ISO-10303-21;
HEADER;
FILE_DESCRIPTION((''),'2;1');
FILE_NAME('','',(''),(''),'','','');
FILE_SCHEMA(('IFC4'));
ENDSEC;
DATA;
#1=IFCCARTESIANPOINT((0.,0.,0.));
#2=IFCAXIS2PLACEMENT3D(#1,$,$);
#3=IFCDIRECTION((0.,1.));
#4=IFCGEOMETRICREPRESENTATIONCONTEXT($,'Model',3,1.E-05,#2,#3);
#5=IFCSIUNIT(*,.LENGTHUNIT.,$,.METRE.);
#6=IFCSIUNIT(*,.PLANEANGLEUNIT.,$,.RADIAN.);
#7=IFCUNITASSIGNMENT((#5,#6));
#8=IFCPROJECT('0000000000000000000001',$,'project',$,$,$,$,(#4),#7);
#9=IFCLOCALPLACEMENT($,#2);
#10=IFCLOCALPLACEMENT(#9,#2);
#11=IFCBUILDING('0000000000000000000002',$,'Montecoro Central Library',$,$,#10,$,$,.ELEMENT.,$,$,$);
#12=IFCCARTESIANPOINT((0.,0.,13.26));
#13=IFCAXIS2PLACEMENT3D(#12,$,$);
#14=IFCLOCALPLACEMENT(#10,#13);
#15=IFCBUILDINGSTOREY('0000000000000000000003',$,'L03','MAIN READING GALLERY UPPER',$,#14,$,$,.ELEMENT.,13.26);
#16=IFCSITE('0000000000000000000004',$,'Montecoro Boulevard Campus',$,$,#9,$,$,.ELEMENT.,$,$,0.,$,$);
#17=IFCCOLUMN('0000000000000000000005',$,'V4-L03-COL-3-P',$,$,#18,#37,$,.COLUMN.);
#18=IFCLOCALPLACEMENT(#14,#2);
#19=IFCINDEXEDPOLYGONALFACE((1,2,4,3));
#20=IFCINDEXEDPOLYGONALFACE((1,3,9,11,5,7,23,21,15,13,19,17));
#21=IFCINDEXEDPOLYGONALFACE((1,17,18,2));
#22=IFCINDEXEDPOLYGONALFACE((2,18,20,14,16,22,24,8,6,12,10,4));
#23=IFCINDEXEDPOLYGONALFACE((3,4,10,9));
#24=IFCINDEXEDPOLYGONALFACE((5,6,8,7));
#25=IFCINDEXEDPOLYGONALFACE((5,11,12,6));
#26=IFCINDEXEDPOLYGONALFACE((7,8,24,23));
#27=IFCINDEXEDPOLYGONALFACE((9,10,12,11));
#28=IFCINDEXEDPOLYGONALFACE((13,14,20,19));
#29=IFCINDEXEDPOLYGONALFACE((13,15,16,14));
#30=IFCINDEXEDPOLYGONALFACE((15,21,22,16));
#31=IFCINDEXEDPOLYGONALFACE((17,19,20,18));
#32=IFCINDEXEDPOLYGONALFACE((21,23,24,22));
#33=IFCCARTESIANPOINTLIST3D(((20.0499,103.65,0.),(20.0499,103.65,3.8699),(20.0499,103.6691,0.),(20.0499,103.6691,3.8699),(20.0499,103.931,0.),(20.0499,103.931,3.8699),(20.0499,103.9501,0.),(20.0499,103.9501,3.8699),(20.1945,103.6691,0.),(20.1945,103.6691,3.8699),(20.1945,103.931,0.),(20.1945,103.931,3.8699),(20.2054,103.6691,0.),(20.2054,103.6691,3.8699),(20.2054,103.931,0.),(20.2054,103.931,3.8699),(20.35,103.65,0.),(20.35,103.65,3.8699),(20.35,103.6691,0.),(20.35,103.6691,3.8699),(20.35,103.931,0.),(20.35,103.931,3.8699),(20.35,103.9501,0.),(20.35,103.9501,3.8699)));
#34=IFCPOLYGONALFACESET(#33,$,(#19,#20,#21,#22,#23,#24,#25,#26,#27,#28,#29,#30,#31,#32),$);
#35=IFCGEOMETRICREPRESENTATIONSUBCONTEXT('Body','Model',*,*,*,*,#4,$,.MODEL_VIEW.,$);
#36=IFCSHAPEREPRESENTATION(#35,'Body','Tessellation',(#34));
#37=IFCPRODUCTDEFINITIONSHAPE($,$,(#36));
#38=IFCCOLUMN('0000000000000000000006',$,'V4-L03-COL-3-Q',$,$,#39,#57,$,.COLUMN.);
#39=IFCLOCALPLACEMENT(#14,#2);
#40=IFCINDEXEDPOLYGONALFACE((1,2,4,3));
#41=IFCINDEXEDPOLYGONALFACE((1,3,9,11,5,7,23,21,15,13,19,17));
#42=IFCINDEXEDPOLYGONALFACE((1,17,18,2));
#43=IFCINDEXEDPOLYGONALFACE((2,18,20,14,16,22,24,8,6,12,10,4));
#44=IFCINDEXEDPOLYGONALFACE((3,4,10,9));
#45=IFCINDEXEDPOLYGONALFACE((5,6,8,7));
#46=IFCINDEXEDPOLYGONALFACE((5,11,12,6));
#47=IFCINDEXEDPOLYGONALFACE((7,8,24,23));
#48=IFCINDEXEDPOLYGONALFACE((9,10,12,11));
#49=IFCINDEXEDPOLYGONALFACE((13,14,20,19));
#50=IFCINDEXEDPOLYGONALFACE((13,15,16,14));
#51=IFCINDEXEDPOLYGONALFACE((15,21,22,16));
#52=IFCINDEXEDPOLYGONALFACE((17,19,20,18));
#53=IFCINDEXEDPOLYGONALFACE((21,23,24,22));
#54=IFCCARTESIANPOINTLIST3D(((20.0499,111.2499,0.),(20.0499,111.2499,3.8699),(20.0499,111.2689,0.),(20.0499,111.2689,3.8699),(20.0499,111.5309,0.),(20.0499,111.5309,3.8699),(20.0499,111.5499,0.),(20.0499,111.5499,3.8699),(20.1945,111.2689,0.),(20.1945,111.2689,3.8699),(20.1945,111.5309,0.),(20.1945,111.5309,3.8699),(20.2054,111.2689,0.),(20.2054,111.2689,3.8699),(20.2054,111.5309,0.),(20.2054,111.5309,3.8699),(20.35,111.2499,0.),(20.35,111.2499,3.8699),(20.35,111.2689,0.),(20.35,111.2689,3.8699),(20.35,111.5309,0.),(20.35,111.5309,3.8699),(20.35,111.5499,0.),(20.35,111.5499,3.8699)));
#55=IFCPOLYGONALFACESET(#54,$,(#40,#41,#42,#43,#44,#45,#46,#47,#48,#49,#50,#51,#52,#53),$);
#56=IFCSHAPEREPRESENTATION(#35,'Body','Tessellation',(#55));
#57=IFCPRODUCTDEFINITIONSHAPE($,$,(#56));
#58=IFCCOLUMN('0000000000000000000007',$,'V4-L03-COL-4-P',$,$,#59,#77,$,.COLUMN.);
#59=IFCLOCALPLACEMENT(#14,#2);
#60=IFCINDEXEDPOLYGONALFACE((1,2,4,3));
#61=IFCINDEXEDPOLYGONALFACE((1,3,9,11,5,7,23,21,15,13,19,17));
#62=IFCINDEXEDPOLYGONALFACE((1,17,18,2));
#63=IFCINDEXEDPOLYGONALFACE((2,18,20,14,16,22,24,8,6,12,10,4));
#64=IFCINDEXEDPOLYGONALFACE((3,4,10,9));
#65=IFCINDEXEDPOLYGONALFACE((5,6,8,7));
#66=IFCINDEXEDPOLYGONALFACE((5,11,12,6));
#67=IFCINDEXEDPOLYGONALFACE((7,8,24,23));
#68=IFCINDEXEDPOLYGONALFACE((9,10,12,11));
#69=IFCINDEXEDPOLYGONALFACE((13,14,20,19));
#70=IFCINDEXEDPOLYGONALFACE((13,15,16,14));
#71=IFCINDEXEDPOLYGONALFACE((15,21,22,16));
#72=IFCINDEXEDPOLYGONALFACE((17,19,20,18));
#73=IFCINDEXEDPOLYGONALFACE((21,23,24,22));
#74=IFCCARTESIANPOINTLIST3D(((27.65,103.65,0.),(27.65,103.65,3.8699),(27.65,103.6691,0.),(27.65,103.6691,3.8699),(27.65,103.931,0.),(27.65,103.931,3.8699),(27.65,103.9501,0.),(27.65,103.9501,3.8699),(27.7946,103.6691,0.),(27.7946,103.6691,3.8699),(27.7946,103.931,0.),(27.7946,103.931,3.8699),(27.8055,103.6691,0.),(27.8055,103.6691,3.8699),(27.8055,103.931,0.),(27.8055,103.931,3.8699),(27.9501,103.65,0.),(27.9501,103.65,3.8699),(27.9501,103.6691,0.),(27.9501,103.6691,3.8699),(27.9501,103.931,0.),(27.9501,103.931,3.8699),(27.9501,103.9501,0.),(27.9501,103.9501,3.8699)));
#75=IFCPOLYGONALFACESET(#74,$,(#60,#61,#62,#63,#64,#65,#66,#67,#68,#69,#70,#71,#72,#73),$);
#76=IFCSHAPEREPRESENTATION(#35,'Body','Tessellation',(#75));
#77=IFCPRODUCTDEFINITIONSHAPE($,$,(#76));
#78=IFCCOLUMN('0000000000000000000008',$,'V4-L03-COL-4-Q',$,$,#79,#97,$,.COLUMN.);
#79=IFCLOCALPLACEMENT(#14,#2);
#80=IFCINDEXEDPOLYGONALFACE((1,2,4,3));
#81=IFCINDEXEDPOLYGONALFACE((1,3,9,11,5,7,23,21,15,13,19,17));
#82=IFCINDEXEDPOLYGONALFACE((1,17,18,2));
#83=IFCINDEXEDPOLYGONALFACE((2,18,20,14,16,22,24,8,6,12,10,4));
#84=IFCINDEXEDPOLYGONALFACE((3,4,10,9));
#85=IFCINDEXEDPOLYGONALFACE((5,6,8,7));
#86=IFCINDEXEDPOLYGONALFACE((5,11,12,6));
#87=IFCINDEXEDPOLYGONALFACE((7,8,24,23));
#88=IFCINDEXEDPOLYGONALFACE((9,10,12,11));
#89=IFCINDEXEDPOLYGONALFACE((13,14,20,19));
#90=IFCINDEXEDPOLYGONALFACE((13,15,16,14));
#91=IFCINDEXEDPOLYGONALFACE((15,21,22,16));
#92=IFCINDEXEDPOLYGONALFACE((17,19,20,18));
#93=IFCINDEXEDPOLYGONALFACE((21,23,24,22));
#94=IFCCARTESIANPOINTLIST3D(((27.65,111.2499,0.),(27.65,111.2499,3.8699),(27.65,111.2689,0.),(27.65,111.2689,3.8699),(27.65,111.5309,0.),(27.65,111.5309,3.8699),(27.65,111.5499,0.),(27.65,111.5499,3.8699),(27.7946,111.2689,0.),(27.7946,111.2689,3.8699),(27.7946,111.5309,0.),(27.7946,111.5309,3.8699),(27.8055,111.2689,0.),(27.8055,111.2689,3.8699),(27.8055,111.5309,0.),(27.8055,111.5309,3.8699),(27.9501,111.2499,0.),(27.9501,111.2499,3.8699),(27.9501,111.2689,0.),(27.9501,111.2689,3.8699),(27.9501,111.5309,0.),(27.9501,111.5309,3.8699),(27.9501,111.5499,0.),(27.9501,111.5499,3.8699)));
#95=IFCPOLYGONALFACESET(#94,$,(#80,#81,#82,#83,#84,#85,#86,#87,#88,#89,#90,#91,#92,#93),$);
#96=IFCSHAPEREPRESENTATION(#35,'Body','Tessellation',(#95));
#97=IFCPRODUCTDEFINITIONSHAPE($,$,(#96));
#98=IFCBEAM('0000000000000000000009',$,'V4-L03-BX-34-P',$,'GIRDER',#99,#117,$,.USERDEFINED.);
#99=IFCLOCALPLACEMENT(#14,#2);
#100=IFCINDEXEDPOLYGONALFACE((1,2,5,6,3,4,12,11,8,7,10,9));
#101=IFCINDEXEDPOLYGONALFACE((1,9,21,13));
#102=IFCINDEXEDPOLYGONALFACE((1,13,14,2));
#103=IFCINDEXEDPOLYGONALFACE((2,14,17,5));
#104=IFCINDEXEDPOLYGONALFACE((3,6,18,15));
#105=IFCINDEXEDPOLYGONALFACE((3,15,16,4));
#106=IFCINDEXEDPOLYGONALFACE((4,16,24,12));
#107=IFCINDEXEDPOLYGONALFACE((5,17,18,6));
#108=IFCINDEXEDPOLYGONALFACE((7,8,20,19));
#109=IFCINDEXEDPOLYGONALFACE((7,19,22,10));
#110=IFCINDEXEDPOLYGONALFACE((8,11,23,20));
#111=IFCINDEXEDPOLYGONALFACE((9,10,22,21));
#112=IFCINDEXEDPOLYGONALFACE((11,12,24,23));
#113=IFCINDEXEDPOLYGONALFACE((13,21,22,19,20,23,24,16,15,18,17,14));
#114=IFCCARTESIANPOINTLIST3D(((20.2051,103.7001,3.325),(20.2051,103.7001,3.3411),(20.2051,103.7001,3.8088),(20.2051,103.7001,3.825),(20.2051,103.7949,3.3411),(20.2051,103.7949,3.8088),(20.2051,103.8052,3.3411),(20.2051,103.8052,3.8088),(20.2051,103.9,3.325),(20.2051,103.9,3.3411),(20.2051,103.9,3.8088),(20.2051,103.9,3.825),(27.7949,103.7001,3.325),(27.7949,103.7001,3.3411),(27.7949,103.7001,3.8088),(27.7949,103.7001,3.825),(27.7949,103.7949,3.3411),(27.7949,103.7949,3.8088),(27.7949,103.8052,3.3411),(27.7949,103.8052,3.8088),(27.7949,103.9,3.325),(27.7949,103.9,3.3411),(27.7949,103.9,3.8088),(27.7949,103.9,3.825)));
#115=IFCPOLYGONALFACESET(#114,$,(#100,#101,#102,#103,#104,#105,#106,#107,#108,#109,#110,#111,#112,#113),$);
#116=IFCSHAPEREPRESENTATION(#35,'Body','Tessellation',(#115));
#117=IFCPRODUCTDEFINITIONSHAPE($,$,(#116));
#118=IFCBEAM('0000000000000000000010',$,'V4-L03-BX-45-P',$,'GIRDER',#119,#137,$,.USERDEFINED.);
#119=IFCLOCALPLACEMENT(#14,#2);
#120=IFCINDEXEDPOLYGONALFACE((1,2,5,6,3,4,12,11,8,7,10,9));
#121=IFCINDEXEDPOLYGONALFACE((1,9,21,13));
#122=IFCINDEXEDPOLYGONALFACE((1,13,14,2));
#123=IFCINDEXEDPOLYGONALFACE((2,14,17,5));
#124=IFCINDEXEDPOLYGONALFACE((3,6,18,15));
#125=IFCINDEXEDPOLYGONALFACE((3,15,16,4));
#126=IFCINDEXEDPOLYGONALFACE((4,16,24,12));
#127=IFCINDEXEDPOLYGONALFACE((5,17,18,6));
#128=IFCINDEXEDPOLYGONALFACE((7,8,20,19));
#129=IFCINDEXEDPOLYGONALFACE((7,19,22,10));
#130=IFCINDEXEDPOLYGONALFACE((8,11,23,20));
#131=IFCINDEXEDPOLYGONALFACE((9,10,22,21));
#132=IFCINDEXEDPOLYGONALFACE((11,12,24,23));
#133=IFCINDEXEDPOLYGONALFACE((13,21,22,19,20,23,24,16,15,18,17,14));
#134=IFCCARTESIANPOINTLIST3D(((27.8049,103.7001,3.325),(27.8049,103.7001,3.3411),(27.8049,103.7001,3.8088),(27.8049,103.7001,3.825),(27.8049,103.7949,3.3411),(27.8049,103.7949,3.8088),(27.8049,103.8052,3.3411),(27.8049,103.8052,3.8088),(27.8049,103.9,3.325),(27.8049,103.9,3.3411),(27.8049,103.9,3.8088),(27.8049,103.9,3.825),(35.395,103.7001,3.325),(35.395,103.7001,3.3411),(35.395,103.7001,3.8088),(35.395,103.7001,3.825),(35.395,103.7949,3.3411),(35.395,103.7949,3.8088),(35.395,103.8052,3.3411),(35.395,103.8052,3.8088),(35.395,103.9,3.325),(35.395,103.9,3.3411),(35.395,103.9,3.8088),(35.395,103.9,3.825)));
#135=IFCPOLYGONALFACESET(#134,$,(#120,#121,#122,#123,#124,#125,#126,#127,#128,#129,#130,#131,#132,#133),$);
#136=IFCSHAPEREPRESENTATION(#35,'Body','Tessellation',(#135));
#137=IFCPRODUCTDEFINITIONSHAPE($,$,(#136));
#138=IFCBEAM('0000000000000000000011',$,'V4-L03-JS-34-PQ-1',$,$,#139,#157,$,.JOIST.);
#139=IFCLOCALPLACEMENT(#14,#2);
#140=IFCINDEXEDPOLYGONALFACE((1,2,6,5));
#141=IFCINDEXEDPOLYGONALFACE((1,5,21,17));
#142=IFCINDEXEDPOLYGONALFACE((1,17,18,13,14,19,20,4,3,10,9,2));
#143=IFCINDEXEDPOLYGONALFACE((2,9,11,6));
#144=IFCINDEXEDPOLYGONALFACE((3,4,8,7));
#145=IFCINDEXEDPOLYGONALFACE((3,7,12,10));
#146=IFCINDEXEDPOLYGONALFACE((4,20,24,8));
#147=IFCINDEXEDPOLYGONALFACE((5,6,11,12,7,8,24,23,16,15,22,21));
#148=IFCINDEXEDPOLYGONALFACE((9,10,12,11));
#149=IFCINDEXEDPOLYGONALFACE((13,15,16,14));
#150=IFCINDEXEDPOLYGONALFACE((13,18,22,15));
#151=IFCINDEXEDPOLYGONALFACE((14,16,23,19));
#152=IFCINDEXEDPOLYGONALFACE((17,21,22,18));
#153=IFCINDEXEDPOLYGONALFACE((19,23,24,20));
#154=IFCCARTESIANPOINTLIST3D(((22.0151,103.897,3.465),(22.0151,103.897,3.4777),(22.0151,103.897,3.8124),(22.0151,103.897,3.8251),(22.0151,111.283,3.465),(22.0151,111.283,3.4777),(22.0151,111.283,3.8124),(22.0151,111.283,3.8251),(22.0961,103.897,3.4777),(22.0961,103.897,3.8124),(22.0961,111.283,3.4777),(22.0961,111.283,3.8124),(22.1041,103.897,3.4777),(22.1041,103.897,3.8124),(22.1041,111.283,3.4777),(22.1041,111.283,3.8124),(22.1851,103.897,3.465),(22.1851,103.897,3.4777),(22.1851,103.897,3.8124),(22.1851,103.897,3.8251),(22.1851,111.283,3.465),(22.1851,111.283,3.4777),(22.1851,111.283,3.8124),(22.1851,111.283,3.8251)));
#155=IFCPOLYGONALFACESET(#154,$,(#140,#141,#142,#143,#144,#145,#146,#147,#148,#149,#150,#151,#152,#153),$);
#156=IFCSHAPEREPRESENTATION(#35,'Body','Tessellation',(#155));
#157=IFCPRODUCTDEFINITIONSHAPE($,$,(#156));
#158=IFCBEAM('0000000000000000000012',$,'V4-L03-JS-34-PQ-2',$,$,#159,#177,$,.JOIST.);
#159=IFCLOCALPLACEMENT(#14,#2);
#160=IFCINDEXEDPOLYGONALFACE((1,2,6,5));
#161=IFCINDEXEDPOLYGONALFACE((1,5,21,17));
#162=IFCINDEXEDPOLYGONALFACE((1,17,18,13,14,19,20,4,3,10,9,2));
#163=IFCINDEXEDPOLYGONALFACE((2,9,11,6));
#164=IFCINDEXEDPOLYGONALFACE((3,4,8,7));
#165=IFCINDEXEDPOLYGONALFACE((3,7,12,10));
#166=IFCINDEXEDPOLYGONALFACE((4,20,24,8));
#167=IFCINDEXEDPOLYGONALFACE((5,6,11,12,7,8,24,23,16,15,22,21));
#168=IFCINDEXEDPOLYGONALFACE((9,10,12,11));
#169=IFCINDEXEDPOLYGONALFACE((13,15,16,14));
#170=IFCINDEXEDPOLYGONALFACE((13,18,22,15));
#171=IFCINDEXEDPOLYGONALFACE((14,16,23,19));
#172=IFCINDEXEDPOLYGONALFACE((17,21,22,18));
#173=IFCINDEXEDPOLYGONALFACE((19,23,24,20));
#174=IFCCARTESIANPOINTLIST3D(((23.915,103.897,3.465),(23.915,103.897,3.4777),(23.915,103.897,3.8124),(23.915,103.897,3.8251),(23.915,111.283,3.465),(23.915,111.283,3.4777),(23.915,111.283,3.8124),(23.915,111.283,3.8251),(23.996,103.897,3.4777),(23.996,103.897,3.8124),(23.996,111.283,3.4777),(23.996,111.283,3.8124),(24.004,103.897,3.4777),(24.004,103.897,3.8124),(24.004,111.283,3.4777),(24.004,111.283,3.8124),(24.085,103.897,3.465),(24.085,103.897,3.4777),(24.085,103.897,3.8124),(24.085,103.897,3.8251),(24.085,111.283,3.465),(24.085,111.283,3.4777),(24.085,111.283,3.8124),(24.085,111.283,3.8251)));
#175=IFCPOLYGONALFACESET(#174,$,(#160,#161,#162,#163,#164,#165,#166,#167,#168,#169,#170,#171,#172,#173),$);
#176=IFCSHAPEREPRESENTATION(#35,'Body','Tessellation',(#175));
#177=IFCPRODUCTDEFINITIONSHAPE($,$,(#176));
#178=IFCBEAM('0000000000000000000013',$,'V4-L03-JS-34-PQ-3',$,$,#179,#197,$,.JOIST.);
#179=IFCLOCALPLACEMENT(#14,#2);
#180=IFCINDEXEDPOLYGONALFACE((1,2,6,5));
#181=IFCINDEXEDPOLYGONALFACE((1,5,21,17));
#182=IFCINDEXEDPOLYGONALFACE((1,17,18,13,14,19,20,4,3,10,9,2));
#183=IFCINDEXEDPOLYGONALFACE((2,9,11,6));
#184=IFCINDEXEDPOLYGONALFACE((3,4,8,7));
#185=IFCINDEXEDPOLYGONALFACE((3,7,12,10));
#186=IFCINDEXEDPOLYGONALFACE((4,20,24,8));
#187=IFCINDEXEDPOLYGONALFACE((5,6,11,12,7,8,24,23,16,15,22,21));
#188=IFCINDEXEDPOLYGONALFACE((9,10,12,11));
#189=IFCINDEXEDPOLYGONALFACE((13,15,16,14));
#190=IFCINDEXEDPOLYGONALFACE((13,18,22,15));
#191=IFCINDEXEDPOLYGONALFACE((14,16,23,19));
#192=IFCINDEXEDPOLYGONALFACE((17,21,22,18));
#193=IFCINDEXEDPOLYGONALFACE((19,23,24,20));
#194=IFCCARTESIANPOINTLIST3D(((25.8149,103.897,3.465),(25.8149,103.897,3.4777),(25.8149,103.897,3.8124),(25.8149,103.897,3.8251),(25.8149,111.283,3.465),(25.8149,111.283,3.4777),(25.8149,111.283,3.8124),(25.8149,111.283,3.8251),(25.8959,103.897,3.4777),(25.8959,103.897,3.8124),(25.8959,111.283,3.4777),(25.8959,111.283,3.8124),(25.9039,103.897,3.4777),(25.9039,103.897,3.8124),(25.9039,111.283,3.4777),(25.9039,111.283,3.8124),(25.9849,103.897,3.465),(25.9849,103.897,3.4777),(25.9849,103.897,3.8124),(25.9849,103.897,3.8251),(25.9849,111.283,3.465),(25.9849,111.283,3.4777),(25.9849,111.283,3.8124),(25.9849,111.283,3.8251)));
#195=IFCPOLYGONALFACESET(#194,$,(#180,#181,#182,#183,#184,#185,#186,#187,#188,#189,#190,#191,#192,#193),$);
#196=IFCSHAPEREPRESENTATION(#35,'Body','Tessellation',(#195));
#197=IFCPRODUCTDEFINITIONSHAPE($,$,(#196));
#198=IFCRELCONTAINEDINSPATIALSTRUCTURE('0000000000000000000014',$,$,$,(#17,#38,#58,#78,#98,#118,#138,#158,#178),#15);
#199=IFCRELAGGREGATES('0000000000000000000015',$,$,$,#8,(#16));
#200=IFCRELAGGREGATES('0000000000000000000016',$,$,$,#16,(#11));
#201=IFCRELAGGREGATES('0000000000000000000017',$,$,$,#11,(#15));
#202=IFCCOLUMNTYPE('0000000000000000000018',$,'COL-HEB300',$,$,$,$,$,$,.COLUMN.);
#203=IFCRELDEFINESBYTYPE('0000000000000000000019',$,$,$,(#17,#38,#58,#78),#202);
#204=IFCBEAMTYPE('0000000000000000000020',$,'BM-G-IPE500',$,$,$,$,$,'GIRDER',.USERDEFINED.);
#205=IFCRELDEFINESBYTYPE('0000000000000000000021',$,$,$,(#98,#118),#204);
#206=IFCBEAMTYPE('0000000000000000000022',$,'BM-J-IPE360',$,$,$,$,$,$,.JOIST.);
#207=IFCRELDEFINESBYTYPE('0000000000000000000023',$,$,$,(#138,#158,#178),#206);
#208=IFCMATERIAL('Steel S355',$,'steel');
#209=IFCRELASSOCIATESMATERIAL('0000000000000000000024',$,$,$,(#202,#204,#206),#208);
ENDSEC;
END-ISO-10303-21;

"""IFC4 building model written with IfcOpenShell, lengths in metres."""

from ifc_helpers import new_model, si_unit, direction, frame, origin, origin_2d, place, context, subcontext, project, spatial, i_section, extrude, material, material_profile, profile_set, type_object, element, save


model = new_model("IFC4")

# Units and contexts
model_context = context("Model", 3, precision=1e-05, world=origin(), true_north=direction((0.0, 1.0)))
body_context = subcontext(model_context, "Body", "Model", "MODEL_VIEW")
ifc_project = project(units=[si_unit("LENGTHUNIT", "METRE"), si_unit("PLANEANGLEUNIT", "RADIAN")], contexts=[model_context])

# Site, building, storey
site_placement = place(None, origin())
site = spatial("IfcSite", under=ifc_project, at=site_placement, Name="Montecoro Boulevard Campus", CompositionType="ELEMENT", RefElevation=0.0)
building_placement = place(site_placement, origin())
building = spatial("IfcBuilding", under=site, at=building_placement, Name="Montecoro Central Library", CompositionType="ELEMENT")
storey_placement = place(building_placement, frame((0.0, 0.0, 13.26)))
storey = spatial("IfcBuildingStorey", under=building, at=storey_placement, Name="L03", Description="MAIN READING GALLERY UPPER", CompositionType="ELEMENT", Elevation=13.26)

# Columns
ifc_material_1 = material(Name="Steel S355", Category="steel")
ifc_material_profile_1 = material_profile(ifc_material_1, i_section(OverallWidth=0.3, OverallDepth=0.3, WebThickness=0.011, FlangeThickness=0.019, at=origin_2d()), Name="HEB 300")
ifc_profile_set_1 = profile_set([ifc_material_profile_1], Name="Steel S355")
column_type = type_object("IfcColumnType", Name="COL-HEB300", PredefinedType="COLUMN", material=ifc_profile_set_1)
for number, where, z_axis, x_axis, name in (
    (1, (20.2, 103.8, 0.0), (0.0, 0.0, 1.0), (1.0, 0.0, 0.0), "V4-L03-COL-3-P"),
    (2, (20.2, 111.3999, 0.0), (0.0, 0.0, 1.0), (1.0, 0.0, 0.0), "V4-L03-COL-3-Q"),
    (3, (27.8, 103.8, 0.0), (0.0, 0.0, 1.0), (1.0, 0.0, 0.0), "V4-L03-COL-4-P"),
    (4, (27.8, 111.3999, 0.0), (0.0, 0.0, 1.0), (1.0, 0.0, 0.0), "V4-L03-COL-4-Q"),
):
    element("IfcColumn", number, at=place(storey_placement, frame(where, z_axis=z_axis, x_axis=x_axis)), inside=storey, type_object=column_type, Name=name, PredefinedType="COLUMN", context=body_context, shape_type="SweptSolid", body=[
        extrude(i_section(OverallWidth=0.3, OverallDepth=0.3, WebThickness=0.011, FlangeThickness=0.019, at=origin_2d()), origin(), (0.0, 0.0, 1.0), 3.8699),
    ])

# Beams
ifc_material_profile_2 = material_profile(ifc_material_1, i_section(OverallWidth=0.2, OverallDepth=0.5, WebThickness=0.0103, FlangeThickness=0.0161, at=origin_2d()), Name="IPE 500")
ifc_profile_set_2 = profile_set([ifc_material_profile_2], Name="Steel S355")
beam_type_1 = type_object("IfcBeamType", Name="BM-G-IPE500", ElementType="GIRDER", PredefinedType="USERDEFINED", material=ifc_profile_set_2)
beam_1_placement = place(storey_placement, frame((20.2051, 103.8, 3.575), z_axis=(1.0, 0.0, 0.0), x_axis=(0.0, 1.0, 0.0)))
element("IfcBeam", 5, at=beam_1_placement, inside=storey, type_object=beam_type_1, Name="V4-L03-BX-34-P", ObjectType="GIRDER", PredefinedType="USERDEFINED", context=body_context, shape_type="SweptSolid", body=[
    extrude(i_section(OverallWidth=0.2, OverallDepth=0.5, WebThickness=0.0103, FlangeThickness=0.0161, at=origin_2d()), origin(), (0.0, 0.0, 1.0), 7.5898),
])
beam_2_placement = place(storey_placement, frame((27.8049, 103.8, 3.575), z_axis=(1.0, 0.0, 0.0), x_axis=(0.0, 1.0, 0.0)))
element("IfcBeam", 6, at=beam_2_placement, inside=storey, type_object=beam_type_1, Name="V4-L03-BX-45-P", ObjectType="GIRDER", PredefinedType="USERDEFINED", context=body_context, shape_type="SweptSolid", body=[
    extrude(i_section(OverallWidth=0.2, OverallDepth=0.5, WebThickness=0.0103, FlangeThickness=0.0161, at=origin_2d()), origin(), (0.0, 0.0, 1.0), 7.5901),
])
ifc_material_profile_3 = material_profile(ifc_material_1, i_section(OverallWidth=0.1699, OverallDepth=0.3601, WebThickness=0.0081, FlangeThickness=0.0127, at=origin_2d()), Name="IPE 360")
ifc_profile_set_3 = profile_set([ifc_material_profile_3], Name="Steel S355")
beam_type_2 = type_object("IfcBeamType", Name="BM-J-IPE360", PredefinedType="JOIST", material=ifc_profile_set_3)
for number, where, z_axis, x_axis, name in (
    (7, (22.1001, 103.897, 3.645), (0.0, 1.0, 0.0), (-1.0, 0.0, 0.0), "V4-L03-JS-34-PQ-1"),
    (8, (24.0, 103.897, 3.645), (0.0, 1.0, 0.0), (-1.0, 0.0, 0.0), "V4-L03-JS-34-PQ-2"),
    (9, (25.8999, 103.897, 3.645), (0.0, 1.0, 0.0), (-1.0, 0.0, 0.0), "V4-L03-JS-34-PQ-3"),
):
    element("IfcBeam", number, at=place(storey_placement, frame(where, z_axis=z_axis, x_axis=x_axis)), inside=storey, type_object=beam_type_2, Name=name, PredefinedType="JOIST", context=body_context, shape_type="SweptSolid", body=[
        extrude(i_section(OverallWidth=0.1699, OverallDepth=0.3601, WebThickness=0.0081, FlangeThickness=0.0127, at=origin_2d()), origin(), (0.0, 0.0, 1.0), 7.386),
    ])

save(model, "model.ifc")
